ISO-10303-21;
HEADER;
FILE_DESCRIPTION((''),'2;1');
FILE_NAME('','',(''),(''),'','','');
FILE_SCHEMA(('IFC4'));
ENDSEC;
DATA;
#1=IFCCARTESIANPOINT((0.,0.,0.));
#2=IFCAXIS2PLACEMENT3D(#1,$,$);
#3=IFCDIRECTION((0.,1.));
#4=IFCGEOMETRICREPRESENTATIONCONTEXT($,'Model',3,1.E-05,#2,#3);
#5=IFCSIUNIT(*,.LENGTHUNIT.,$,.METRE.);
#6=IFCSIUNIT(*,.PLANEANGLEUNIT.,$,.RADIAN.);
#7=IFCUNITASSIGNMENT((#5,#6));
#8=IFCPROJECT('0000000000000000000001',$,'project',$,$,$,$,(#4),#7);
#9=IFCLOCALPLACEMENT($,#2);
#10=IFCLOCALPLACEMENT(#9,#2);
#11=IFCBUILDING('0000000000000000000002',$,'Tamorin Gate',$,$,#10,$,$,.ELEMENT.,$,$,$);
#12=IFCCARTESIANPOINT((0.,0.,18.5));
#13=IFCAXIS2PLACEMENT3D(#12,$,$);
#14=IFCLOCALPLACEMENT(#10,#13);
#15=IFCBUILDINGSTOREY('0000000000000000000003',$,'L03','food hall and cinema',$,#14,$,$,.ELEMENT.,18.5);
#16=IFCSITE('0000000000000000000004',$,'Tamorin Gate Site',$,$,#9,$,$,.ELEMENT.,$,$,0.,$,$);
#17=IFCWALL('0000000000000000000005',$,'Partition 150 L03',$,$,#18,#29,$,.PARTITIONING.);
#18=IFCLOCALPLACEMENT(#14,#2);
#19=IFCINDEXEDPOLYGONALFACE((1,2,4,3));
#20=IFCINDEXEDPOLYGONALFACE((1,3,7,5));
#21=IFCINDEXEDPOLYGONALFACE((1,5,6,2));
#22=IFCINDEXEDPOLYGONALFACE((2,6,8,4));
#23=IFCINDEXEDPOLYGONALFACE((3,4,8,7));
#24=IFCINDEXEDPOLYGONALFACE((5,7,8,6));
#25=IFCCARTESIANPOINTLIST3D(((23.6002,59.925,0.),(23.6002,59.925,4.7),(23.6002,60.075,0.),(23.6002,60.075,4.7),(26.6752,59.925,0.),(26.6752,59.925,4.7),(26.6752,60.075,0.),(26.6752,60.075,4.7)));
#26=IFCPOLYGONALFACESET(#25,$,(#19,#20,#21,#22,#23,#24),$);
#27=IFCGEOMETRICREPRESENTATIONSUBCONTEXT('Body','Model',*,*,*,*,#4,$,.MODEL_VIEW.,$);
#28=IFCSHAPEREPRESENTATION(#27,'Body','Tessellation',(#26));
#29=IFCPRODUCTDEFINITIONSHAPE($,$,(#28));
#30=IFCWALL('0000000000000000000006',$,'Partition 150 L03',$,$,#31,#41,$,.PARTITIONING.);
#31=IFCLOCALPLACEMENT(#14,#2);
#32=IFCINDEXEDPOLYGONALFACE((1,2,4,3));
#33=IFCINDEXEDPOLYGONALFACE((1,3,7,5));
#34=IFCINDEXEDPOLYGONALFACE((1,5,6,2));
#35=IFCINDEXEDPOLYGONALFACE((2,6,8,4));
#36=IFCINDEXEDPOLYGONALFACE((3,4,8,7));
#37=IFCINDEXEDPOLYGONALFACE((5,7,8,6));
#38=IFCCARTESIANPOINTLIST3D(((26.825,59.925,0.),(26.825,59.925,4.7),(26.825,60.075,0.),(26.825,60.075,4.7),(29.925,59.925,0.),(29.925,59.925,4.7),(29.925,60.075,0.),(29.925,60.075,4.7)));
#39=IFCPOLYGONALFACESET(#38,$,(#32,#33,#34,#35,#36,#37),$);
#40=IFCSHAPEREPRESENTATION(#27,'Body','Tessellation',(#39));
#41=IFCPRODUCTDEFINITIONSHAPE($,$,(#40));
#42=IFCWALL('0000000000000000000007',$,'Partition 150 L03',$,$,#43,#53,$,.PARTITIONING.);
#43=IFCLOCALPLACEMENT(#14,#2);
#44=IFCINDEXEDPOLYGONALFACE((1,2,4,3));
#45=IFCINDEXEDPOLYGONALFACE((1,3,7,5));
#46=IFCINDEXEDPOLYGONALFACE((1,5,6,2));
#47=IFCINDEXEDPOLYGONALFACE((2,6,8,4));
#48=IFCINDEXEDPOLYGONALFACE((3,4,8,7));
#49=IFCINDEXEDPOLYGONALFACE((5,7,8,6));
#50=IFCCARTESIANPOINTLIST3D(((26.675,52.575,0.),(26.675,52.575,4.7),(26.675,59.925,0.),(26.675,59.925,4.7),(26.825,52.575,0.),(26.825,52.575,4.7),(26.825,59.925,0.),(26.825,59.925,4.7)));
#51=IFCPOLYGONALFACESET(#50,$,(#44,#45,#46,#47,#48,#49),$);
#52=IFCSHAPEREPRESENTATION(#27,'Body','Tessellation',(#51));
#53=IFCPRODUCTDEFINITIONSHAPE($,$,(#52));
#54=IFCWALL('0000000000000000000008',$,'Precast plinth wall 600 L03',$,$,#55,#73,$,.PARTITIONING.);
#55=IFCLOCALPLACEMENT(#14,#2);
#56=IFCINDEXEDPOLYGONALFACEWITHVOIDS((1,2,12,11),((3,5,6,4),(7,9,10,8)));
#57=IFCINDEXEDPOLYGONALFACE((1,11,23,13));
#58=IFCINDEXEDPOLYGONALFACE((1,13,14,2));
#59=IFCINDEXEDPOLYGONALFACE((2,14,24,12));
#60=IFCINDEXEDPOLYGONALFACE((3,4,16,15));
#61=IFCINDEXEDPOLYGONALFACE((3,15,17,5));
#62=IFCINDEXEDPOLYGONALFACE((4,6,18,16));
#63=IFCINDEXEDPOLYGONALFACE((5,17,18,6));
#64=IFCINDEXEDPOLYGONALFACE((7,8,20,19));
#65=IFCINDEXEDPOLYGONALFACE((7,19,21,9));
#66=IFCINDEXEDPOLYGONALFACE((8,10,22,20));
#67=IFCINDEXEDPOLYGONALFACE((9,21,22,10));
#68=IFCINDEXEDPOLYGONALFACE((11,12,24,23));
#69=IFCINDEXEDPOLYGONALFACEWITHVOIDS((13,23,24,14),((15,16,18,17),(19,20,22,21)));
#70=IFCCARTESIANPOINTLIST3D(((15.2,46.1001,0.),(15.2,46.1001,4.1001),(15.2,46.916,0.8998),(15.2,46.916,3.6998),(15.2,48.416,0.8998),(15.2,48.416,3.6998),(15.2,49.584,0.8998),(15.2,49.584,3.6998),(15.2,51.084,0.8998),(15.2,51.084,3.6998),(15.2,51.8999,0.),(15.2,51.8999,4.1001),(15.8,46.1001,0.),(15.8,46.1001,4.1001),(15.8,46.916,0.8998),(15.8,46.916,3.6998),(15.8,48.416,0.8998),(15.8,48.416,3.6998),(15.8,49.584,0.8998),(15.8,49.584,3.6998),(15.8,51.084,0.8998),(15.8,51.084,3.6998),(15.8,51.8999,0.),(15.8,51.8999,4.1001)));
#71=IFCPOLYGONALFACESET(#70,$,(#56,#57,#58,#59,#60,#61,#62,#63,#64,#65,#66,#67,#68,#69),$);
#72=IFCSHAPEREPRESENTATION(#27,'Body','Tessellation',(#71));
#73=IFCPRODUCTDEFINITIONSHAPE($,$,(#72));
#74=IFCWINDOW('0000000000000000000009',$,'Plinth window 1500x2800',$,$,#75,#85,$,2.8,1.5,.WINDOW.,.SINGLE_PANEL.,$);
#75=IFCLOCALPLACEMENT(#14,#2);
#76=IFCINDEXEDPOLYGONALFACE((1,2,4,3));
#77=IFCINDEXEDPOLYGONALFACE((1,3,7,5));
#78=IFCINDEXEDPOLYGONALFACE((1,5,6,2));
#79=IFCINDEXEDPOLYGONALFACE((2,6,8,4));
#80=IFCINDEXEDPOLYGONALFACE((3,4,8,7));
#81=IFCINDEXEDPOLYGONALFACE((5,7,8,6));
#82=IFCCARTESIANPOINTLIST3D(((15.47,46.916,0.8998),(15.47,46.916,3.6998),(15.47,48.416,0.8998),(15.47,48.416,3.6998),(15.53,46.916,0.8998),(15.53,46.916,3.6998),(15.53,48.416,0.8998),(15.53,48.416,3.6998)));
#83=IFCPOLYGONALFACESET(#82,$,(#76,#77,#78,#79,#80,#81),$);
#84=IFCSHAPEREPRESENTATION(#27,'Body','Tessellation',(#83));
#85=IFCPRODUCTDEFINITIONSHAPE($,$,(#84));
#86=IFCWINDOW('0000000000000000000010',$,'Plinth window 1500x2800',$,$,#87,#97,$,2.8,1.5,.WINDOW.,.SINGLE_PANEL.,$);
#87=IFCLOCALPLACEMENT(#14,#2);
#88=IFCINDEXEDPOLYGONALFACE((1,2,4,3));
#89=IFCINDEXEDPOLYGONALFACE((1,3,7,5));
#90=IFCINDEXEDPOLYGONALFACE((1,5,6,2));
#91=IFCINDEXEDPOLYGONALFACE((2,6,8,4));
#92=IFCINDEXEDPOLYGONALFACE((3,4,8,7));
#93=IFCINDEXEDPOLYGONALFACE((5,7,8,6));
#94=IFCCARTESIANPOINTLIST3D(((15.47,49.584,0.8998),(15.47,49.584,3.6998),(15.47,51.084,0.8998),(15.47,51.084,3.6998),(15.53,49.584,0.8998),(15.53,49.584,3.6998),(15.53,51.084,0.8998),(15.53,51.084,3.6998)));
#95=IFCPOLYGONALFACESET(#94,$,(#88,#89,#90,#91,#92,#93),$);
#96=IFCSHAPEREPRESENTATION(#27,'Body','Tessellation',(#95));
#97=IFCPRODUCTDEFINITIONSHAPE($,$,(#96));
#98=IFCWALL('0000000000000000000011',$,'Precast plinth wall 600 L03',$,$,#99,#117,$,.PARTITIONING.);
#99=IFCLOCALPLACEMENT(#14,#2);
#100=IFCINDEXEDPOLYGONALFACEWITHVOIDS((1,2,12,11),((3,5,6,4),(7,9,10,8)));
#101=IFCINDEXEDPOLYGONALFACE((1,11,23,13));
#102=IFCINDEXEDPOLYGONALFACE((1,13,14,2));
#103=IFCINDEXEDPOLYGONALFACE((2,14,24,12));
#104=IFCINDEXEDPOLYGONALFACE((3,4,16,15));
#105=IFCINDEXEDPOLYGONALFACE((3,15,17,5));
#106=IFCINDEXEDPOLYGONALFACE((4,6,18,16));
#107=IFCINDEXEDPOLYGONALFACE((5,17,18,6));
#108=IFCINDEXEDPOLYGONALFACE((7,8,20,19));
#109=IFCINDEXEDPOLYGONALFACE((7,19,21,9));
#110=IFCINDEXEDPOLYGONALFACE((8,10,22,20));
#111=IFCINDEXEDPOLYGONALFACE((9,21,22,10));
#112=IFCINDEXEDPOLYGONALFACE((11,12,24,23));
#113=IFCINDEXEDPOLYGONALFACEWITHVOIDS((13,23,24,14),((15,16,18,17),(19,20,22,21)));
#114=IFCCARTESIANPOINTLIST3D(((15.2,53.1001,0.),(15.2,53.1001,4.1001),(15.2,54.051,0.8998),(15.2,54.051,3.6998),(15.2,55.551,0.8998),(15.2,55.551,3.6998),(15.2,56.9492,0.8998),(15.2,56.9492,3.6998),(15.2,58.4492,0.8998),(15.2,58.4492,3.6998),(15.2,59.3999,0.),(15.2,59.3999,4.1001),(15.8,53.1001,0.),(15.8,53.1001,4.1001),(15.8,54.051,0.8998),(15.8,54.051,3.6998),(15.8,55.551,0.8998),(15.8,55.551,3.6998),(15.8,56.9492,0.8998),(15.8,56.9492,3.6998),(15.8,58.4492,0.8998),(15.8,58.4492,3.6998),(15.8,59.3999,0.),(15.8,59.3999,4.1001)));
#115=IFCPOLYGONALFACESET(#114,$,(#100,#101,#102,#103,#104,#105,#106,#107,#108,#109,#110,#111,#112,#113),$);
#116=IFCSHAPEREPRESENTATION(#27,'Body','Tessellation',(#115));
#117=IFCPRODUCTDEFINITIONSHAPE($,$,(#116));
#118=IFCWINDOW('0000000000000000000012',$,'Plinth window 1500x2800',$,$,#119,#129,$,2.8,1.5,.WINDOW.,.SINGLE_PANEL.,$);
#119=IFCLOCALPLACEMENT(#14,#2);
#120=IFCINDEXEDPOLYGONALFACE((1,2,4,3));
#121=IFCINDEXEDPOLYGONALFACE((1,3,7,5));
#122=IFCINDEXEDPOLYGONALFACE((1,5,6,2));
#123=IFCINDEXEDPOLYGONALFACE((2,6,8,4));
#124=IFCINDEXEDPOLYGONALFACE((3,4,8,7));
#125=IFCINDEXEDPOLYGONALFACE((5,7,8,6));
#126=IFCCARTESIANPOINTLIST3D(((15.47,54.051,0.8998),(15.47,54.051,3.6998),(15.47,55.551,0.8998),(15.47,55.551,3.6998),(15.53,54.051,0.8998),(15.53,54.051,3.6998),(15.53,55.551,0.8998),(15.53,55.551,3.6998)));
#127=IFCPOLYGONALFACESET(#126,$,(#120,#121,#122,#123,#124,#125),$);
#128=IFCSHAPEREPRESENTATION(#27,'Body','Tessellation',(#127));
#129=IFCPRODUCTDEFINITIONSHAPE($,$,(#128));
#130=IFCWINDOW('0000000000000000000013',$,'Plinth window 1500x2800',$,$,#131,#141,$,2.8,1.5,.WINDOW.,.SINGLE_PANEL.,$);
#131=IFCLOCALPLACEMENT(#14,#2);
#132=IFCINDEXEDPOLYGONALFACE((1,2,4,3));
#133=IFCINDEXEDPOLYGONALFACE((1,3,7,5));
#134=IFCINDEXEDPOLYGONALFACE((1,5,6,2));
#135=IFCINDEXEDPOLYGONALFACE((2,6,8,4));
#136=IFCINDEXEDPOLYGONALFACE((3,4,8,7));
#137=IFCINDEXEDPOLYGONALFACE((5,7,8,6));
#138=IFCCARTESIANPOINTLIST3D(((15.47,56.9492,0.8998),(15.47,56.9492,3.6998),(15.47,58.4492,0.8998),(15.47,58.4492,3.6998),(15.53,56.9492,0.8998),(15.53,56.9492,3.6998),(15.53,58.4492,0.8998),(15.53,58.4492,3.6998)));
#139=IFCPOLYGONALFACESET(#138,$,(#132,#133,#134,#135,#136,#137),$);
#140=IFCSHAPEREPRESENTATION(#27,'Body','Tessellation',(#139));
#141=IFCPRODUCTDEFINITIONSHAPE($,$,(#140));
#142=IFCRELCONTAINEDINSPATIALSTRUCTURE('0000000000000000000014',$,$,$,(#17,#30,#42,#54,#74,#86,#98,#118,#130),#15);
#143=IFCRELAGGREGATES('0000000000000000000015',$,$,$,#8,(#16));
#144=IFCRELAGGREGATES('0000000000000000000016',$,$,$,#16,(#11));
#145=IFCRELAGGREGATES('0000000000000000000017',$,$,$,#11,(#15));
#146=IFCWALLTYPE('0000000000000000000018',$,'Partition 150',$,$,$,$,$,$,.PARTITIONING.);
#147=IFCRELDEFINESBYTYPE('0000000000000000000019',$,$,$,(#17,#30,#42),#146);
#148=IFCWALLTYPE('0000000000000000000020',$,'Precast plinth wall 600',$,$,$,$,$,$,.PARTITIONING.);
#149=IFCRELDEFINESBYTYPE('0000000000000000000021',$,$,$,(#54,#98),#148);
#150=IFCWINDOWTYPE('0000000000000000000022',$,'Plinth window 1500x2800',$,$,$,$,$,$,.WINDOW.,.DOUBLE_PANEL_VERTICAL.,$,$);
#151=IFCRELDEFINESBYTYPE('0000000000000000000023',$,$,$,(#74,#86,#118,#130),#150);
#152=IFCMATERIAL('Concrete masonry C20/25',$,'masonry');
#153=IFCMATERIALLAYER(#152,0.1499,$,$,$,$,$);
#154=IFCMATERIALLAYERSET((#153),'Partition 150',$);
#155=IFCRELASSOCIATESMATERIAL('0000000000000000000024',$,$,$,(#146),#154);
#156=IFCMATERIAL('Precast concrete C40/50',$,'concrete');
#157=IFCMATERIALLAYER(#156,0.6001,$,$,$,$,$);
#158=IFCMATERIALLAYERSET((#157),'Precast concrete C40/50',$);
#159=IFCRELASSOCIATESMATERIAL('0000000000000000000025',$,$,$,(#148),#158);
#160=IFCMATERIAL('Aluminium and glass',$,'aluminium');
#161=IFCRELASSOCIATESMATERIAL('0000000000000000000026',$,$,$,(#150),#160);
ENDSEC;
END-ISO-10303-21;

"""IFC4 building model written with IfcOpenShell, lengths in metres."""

from ifc_helpers import new_model, si_unit, direction, frame, frame_2d, origin, place, context, subcontext, project, spatial, rectangle, extrude, material, layer, layer_set, type_object, element, fill, save


model = new_model("IFC4")

# Units and contexts
model_context = context("Model", 3, precision=1e-05, world=origin(), true_north=direction((0.0, 1.0)))
body_context = subcontext(model_context, "Body", "Model", "MODEL_VIEW")
ifc_project = project(units=[si_unit("LENGTHUNIT", "METRE"), si_unit("PLANEANGLEUNIT", "RADIAN")], contexts=[model_context])

# Site, building, storey
site_placement = place(None, origin())
site = spatial("IfcSite", under=ifc_project, at=site_placement, Name="Tamorin Gate Site", CompositionType="ELEMENT", RefElevation=0.0)
building_placement = place(site_placement, origin())
building = spatial("IfcBuilding", under=site, at=building_placement, Name="Tamorin Gate", CompositionType="ELEMENT")
storey_placement = place(building_placement, frame((0.0, 0.0, 18.5)))
storey = spatial("IfcBuildingStorey", under=building, at=storey_placement, Name="L03", Description="food hall and cinema", CompositionType="ELEMENT", Elevation=18.5)

# Shared definitions
ifc_material_1 = material(Name="Concrete masonry C20/25", Category="masonry")
ifc_layer_1 = layer(ifc_material_1, 0.1499)
ifc_layer_set_1 = layer_set([ifc_layer_1], Name="Partition 150")
wall_type_1 = type_object("IfcWallType", Name="Partition 150", PredefinedType="PARTITIONING", material=ifc_layer_set_1)

# Walls
wall_1_placement = place(storey_placement, frame((23.6001, 60.0, 0.0), z_axis=(0.0, 0.0, 1.0), x_axis=(1.0, 0.0, 0.0)))
element("IfcWall", 1, at=wall_1_placement, inside=storey, type_object=wall_type_1, Name="Partition 150 L03", PredefinedType="PARTITIONING", context=body_context, shape_type="SweptSolid", body=[
    extrude(rectangle(XDim=3.075, YDim=0.1499, at=frame_2d((1.5376, 0.0))), origin(), (0.0, 0.0, 1.0), 4.7),
])
wall_2_placement = place(storey_placement, frame((26.825, 60.0, 0.0), z_axis=(0.0, 0.0, 1.0), x_axis=(1.0, 0.0, 0.0)))
element("IfcWall", 2, at=wall_2_placement, inside=storey, type_object=wall_type_1, Name="Partition 150 L03", PredefinedType="PARTITIONING", context=body_context, shape_type="SweptSolid", body=[
    extrude(rectangle(XDim=3.1001, YDim=0.1499, at=frame_2d((1.55, 0.0))), origin(), (0.0, 0.0, 1.0), 4.7),
])
wall_3_placement = place(storey_placement, frame((26.75, 52.575, 0.0), z_axis=(0.0, 0.0, 1.0), x_axis=(0.0, 1.0, 0.0)))
element("IfcWall", 3, at=wall_3_placement, inside=storey, type_object=wall_type_1, Name="Partition 150 L03", PredefinedType="PARTITIONING", context=body_context, shape_type="SweptSolid", body=[
    extrude(rectangle(XDim=7.3501, YDim=0.1499, at=frame_2d((3.675, 0.0))), origin(), (0.0, 0.0, 1.0), 4.7),
])

# Walls, openings, windows
ifc_material_2 = material(Name="Precast concrete C40/50", Category="concrete")
ifc_layer_2 = layer(ifc_material_2, 0.6001)
ifc_layer_set_2 = layer_set([ifc_layer_2], Name="Precast concrete C40/50")
wall_type_2 = type_object("IfcWallType", Name="Precast plinth wall 600", PredefinedType="PARTITIONING", material=ifc_layer_set_2)
wall_4_placement = place(storey_placement, frame((15.5, 46.1001, 0.0), z_axis=(0.0, 0.0, 1.0), x_axis=(0.0, 1.0, 0.0)))
wall_4 = element("IfcWall", 4, at=wall_4_placement, inside=storey, type_object=wall_type_2, Name="Precast plinth wall 600 L03", PredefinedType="PARTITIONING", context=body_context, shape_type="SweptSolid", body=[
    extrude(rectangle(XDim=5.7998, YDim=0.6001, at=frame_2d((2.8999, 0.0))), origin(), (0.0, 0.0, 1.0), 4.1001),
])
opening_1_placement = place(wall_4_placement, frame((0.8159, 0.0, 0.8999)))
opening_1 = element("IfcOpeningElement", 5, at=opening_1_placement, cuts=wall_4, PredefinedType="OPENING", context=body_context, shape_type="SweptSolid", body=[
    extrude(rectangle(XDim=1.5, YDim=2.8, at=frame_2d((0.75, 1.3999))), frame((0.0, 0.3101, 0.0), z_axis=(0.0, -1.0, 0.0), x_axis=(1.0, 0.0, 0.0)), (0.0, 0.0, 1.0), 0.6201),
])
opening_2_placement = place(wall_4_placement, frame((3.4839, 0.0, 0.8999)))
opening_2 = element("IfcOpeningElement", 6, at=opening_2_placement, cuts=wall_4, PredefinedType="OPENING", context=body_context, shape_type="SweptSolid", body=[
    extrude(rectangle(XDim=1.5, YDim=2.8, at=frame_2d((0.75, 1.3999))), frame((0.0, 0.3101, 0.0), z_axis=(0.0, -1.0, 0.0), x_axis=(1.0, 0.0, 0.0)), (0.0, 0.0, 1.0), 0.6201),
])
ifc_material_3 = material(Name="Aluminium and glass", Category="aluminium")
window_type = type_object("IfcWindowType", Name="Plinth window 1500x2800", PartitioningType="DOUBLE_PANEL_VERTICAL", PredefinedType="WINDOW", material=ifc_material_3)
window_1_placement = place(opening_1_placement, origin())
window_1 = element("IfcWindow", 7, at=window_1_placement, inside=storey, type_object=window_type, Name="Plinth window 1500x2800", OverallHeight=2.8, OverallWidth=1.5, PartitioningType="SINGLE_PANEL", PredefinedType="WINDOW", context=body_context, shape_type="SweptSolid", body=[
    extrude(rectangle(XDim=1.5, YDim=2.8, at=frame_2d((0.75, 1.3999))), frame((0.0, 0.03, 0.0), z_axis=(0.0, -1.0, 0.0), x_axis=(1.0, 0.0, 0.0)), (0.0, 0.0, 1.0), 0.0601),
])
fill(opening_1, window_1)
window_2_placement = place(opening_2_placement, origin())
window_2 = element("IfcWindow", 8, at=window_2_placement, inside=storey, type_object=window_type, Name="Plinth window 1500x2800", OverallHeight=2.8, OverallWidth=1.5, PartitioningType="SINGLE_PANEL", PredefinedType="WINDOW", context=body_context, shape_type="SweptSolid", body=[
    extrude(rectangle(XDim=1.5, YDim=2.8, at=frame_2d((0.75, 1.3999))), frame((0.0, 0.03, 0.0), z_axis=(0.0, -1.0, 0.0), x_axis=(1.0, 0.0, 0.0)), (0.0, 0.0, 1.0), 0.0601),
])
fill(opening_2, window_2)
wall_5_placement = place(storey_placement, frame((15.5, 53.1001, 0.0), z_axis=(0.0, 0.0, 1.0), x_axis=(0.0, 1.0, 0.0)))
wall_5 = element("IfcWall", 9, at=wall_5_placement, inside=storey, type_object=wall_type_2, Name="Precast plinth wall 600 L03", PredefinedType="PARTITIONING", context=body_context, shape_type="SweptSolid", body=[
    extrude(rectangle(XDim=6.2998, YDim=0.6001, at=frame_2d((3.1499, 0.0))), origin(), (0.0, 0.0, 1.0), 4.1001),
])
opening_3_placement = place(wall_5_placement, frame((0.9509, 0.0, 0.8999)))
opening_3 = element("IfcOpeningElement", 10, at=opening_3_placement, cuts=wall_5, PredefinedType="OPENING", context=body_context, shape_type="SweptSolid", body=[
    extrude(rectangle(XDim=1.5, YDim=2.8, at=frame_2d((0.75, 1.3999))), frame((0.0, 0.3101, 0.0), z_axis=(0.0, -1.0, 0.0), x_axis=(1.0, 0.0, 0.0)), (0.0, 0.0, 1.0), 0.6201),
])
opening_4_placement = place(wall_5_placement, frame((3.8491, 0.0, 0.8999)))
opening_4 = element("IfcOpeningElement", 11, at=opening_4_placement, cuts=wall_5, PredefinedType="OPENING", context=body_context, shape_type="SweptSolid", body=[
    extrude(rectangle(XDim=1.5, YDim=2.8, at=frame_2d((0.75, 1.3999))), frame((0.0, 0.3101, 0.0), z_axis=(0.0, -1.0, 0.0), x_axis=(1.0, 0.0, 0.0)), (0.0, 0.0, 1.0), 0.6201),
])
window_3_placement = place(opening_3_placement, origin())
window_3 = element("IfcWindow", 12, at=window_3_placement, inside=storey, type_object=window_type, Name="Plinth window 1500x2800", OverallHeight=2.8, OverallWidth=1.5, PartitioningType="SINGLE_PANEL", PredefinedType="WINDOW", context=body_context, shape_type="SweptSolid", body=[
    extrude(rectangle(XDim=1.5, YDim=2.8, at=frame_2d((0.75, 1.3999))), frame((0.0, 0.03, 0.0), z_axis=(0.0, -1.0, 0.0), x_axis=(1.0, 0.0, 0.0)), (0.0, 0.0, 1.0), 0.0601),
])
fill(opening_3, window_3)
window_4_placement = place(opening_4_placement, origin())
window_4 = element("IfcWindow", 13, at=window_4_placement, inside=storey, type_object=window_type, Name="Plinth window 1500x2800", OverallHeight=2.8, OverallWidth=1.5, PartitioningType="SINGLE_PANEL", PredefinedType="WINDOW", context=body_context, shape_type="SweptSolid", body=[
    extrude(rectangle(XDim=1.5, YDim=2.8, at=frame_2d((0.75, 1.3999))), frame((0.0, 0.03, 0.0), z_axis=(0.0, -1.0, 0.0), x_axis=(1.0, 0.0, 0.0)), (0.0, 0.0, 1.0), 0.0601),
])
fill(opening_4, window_4)

save(model, "model.ifc")
